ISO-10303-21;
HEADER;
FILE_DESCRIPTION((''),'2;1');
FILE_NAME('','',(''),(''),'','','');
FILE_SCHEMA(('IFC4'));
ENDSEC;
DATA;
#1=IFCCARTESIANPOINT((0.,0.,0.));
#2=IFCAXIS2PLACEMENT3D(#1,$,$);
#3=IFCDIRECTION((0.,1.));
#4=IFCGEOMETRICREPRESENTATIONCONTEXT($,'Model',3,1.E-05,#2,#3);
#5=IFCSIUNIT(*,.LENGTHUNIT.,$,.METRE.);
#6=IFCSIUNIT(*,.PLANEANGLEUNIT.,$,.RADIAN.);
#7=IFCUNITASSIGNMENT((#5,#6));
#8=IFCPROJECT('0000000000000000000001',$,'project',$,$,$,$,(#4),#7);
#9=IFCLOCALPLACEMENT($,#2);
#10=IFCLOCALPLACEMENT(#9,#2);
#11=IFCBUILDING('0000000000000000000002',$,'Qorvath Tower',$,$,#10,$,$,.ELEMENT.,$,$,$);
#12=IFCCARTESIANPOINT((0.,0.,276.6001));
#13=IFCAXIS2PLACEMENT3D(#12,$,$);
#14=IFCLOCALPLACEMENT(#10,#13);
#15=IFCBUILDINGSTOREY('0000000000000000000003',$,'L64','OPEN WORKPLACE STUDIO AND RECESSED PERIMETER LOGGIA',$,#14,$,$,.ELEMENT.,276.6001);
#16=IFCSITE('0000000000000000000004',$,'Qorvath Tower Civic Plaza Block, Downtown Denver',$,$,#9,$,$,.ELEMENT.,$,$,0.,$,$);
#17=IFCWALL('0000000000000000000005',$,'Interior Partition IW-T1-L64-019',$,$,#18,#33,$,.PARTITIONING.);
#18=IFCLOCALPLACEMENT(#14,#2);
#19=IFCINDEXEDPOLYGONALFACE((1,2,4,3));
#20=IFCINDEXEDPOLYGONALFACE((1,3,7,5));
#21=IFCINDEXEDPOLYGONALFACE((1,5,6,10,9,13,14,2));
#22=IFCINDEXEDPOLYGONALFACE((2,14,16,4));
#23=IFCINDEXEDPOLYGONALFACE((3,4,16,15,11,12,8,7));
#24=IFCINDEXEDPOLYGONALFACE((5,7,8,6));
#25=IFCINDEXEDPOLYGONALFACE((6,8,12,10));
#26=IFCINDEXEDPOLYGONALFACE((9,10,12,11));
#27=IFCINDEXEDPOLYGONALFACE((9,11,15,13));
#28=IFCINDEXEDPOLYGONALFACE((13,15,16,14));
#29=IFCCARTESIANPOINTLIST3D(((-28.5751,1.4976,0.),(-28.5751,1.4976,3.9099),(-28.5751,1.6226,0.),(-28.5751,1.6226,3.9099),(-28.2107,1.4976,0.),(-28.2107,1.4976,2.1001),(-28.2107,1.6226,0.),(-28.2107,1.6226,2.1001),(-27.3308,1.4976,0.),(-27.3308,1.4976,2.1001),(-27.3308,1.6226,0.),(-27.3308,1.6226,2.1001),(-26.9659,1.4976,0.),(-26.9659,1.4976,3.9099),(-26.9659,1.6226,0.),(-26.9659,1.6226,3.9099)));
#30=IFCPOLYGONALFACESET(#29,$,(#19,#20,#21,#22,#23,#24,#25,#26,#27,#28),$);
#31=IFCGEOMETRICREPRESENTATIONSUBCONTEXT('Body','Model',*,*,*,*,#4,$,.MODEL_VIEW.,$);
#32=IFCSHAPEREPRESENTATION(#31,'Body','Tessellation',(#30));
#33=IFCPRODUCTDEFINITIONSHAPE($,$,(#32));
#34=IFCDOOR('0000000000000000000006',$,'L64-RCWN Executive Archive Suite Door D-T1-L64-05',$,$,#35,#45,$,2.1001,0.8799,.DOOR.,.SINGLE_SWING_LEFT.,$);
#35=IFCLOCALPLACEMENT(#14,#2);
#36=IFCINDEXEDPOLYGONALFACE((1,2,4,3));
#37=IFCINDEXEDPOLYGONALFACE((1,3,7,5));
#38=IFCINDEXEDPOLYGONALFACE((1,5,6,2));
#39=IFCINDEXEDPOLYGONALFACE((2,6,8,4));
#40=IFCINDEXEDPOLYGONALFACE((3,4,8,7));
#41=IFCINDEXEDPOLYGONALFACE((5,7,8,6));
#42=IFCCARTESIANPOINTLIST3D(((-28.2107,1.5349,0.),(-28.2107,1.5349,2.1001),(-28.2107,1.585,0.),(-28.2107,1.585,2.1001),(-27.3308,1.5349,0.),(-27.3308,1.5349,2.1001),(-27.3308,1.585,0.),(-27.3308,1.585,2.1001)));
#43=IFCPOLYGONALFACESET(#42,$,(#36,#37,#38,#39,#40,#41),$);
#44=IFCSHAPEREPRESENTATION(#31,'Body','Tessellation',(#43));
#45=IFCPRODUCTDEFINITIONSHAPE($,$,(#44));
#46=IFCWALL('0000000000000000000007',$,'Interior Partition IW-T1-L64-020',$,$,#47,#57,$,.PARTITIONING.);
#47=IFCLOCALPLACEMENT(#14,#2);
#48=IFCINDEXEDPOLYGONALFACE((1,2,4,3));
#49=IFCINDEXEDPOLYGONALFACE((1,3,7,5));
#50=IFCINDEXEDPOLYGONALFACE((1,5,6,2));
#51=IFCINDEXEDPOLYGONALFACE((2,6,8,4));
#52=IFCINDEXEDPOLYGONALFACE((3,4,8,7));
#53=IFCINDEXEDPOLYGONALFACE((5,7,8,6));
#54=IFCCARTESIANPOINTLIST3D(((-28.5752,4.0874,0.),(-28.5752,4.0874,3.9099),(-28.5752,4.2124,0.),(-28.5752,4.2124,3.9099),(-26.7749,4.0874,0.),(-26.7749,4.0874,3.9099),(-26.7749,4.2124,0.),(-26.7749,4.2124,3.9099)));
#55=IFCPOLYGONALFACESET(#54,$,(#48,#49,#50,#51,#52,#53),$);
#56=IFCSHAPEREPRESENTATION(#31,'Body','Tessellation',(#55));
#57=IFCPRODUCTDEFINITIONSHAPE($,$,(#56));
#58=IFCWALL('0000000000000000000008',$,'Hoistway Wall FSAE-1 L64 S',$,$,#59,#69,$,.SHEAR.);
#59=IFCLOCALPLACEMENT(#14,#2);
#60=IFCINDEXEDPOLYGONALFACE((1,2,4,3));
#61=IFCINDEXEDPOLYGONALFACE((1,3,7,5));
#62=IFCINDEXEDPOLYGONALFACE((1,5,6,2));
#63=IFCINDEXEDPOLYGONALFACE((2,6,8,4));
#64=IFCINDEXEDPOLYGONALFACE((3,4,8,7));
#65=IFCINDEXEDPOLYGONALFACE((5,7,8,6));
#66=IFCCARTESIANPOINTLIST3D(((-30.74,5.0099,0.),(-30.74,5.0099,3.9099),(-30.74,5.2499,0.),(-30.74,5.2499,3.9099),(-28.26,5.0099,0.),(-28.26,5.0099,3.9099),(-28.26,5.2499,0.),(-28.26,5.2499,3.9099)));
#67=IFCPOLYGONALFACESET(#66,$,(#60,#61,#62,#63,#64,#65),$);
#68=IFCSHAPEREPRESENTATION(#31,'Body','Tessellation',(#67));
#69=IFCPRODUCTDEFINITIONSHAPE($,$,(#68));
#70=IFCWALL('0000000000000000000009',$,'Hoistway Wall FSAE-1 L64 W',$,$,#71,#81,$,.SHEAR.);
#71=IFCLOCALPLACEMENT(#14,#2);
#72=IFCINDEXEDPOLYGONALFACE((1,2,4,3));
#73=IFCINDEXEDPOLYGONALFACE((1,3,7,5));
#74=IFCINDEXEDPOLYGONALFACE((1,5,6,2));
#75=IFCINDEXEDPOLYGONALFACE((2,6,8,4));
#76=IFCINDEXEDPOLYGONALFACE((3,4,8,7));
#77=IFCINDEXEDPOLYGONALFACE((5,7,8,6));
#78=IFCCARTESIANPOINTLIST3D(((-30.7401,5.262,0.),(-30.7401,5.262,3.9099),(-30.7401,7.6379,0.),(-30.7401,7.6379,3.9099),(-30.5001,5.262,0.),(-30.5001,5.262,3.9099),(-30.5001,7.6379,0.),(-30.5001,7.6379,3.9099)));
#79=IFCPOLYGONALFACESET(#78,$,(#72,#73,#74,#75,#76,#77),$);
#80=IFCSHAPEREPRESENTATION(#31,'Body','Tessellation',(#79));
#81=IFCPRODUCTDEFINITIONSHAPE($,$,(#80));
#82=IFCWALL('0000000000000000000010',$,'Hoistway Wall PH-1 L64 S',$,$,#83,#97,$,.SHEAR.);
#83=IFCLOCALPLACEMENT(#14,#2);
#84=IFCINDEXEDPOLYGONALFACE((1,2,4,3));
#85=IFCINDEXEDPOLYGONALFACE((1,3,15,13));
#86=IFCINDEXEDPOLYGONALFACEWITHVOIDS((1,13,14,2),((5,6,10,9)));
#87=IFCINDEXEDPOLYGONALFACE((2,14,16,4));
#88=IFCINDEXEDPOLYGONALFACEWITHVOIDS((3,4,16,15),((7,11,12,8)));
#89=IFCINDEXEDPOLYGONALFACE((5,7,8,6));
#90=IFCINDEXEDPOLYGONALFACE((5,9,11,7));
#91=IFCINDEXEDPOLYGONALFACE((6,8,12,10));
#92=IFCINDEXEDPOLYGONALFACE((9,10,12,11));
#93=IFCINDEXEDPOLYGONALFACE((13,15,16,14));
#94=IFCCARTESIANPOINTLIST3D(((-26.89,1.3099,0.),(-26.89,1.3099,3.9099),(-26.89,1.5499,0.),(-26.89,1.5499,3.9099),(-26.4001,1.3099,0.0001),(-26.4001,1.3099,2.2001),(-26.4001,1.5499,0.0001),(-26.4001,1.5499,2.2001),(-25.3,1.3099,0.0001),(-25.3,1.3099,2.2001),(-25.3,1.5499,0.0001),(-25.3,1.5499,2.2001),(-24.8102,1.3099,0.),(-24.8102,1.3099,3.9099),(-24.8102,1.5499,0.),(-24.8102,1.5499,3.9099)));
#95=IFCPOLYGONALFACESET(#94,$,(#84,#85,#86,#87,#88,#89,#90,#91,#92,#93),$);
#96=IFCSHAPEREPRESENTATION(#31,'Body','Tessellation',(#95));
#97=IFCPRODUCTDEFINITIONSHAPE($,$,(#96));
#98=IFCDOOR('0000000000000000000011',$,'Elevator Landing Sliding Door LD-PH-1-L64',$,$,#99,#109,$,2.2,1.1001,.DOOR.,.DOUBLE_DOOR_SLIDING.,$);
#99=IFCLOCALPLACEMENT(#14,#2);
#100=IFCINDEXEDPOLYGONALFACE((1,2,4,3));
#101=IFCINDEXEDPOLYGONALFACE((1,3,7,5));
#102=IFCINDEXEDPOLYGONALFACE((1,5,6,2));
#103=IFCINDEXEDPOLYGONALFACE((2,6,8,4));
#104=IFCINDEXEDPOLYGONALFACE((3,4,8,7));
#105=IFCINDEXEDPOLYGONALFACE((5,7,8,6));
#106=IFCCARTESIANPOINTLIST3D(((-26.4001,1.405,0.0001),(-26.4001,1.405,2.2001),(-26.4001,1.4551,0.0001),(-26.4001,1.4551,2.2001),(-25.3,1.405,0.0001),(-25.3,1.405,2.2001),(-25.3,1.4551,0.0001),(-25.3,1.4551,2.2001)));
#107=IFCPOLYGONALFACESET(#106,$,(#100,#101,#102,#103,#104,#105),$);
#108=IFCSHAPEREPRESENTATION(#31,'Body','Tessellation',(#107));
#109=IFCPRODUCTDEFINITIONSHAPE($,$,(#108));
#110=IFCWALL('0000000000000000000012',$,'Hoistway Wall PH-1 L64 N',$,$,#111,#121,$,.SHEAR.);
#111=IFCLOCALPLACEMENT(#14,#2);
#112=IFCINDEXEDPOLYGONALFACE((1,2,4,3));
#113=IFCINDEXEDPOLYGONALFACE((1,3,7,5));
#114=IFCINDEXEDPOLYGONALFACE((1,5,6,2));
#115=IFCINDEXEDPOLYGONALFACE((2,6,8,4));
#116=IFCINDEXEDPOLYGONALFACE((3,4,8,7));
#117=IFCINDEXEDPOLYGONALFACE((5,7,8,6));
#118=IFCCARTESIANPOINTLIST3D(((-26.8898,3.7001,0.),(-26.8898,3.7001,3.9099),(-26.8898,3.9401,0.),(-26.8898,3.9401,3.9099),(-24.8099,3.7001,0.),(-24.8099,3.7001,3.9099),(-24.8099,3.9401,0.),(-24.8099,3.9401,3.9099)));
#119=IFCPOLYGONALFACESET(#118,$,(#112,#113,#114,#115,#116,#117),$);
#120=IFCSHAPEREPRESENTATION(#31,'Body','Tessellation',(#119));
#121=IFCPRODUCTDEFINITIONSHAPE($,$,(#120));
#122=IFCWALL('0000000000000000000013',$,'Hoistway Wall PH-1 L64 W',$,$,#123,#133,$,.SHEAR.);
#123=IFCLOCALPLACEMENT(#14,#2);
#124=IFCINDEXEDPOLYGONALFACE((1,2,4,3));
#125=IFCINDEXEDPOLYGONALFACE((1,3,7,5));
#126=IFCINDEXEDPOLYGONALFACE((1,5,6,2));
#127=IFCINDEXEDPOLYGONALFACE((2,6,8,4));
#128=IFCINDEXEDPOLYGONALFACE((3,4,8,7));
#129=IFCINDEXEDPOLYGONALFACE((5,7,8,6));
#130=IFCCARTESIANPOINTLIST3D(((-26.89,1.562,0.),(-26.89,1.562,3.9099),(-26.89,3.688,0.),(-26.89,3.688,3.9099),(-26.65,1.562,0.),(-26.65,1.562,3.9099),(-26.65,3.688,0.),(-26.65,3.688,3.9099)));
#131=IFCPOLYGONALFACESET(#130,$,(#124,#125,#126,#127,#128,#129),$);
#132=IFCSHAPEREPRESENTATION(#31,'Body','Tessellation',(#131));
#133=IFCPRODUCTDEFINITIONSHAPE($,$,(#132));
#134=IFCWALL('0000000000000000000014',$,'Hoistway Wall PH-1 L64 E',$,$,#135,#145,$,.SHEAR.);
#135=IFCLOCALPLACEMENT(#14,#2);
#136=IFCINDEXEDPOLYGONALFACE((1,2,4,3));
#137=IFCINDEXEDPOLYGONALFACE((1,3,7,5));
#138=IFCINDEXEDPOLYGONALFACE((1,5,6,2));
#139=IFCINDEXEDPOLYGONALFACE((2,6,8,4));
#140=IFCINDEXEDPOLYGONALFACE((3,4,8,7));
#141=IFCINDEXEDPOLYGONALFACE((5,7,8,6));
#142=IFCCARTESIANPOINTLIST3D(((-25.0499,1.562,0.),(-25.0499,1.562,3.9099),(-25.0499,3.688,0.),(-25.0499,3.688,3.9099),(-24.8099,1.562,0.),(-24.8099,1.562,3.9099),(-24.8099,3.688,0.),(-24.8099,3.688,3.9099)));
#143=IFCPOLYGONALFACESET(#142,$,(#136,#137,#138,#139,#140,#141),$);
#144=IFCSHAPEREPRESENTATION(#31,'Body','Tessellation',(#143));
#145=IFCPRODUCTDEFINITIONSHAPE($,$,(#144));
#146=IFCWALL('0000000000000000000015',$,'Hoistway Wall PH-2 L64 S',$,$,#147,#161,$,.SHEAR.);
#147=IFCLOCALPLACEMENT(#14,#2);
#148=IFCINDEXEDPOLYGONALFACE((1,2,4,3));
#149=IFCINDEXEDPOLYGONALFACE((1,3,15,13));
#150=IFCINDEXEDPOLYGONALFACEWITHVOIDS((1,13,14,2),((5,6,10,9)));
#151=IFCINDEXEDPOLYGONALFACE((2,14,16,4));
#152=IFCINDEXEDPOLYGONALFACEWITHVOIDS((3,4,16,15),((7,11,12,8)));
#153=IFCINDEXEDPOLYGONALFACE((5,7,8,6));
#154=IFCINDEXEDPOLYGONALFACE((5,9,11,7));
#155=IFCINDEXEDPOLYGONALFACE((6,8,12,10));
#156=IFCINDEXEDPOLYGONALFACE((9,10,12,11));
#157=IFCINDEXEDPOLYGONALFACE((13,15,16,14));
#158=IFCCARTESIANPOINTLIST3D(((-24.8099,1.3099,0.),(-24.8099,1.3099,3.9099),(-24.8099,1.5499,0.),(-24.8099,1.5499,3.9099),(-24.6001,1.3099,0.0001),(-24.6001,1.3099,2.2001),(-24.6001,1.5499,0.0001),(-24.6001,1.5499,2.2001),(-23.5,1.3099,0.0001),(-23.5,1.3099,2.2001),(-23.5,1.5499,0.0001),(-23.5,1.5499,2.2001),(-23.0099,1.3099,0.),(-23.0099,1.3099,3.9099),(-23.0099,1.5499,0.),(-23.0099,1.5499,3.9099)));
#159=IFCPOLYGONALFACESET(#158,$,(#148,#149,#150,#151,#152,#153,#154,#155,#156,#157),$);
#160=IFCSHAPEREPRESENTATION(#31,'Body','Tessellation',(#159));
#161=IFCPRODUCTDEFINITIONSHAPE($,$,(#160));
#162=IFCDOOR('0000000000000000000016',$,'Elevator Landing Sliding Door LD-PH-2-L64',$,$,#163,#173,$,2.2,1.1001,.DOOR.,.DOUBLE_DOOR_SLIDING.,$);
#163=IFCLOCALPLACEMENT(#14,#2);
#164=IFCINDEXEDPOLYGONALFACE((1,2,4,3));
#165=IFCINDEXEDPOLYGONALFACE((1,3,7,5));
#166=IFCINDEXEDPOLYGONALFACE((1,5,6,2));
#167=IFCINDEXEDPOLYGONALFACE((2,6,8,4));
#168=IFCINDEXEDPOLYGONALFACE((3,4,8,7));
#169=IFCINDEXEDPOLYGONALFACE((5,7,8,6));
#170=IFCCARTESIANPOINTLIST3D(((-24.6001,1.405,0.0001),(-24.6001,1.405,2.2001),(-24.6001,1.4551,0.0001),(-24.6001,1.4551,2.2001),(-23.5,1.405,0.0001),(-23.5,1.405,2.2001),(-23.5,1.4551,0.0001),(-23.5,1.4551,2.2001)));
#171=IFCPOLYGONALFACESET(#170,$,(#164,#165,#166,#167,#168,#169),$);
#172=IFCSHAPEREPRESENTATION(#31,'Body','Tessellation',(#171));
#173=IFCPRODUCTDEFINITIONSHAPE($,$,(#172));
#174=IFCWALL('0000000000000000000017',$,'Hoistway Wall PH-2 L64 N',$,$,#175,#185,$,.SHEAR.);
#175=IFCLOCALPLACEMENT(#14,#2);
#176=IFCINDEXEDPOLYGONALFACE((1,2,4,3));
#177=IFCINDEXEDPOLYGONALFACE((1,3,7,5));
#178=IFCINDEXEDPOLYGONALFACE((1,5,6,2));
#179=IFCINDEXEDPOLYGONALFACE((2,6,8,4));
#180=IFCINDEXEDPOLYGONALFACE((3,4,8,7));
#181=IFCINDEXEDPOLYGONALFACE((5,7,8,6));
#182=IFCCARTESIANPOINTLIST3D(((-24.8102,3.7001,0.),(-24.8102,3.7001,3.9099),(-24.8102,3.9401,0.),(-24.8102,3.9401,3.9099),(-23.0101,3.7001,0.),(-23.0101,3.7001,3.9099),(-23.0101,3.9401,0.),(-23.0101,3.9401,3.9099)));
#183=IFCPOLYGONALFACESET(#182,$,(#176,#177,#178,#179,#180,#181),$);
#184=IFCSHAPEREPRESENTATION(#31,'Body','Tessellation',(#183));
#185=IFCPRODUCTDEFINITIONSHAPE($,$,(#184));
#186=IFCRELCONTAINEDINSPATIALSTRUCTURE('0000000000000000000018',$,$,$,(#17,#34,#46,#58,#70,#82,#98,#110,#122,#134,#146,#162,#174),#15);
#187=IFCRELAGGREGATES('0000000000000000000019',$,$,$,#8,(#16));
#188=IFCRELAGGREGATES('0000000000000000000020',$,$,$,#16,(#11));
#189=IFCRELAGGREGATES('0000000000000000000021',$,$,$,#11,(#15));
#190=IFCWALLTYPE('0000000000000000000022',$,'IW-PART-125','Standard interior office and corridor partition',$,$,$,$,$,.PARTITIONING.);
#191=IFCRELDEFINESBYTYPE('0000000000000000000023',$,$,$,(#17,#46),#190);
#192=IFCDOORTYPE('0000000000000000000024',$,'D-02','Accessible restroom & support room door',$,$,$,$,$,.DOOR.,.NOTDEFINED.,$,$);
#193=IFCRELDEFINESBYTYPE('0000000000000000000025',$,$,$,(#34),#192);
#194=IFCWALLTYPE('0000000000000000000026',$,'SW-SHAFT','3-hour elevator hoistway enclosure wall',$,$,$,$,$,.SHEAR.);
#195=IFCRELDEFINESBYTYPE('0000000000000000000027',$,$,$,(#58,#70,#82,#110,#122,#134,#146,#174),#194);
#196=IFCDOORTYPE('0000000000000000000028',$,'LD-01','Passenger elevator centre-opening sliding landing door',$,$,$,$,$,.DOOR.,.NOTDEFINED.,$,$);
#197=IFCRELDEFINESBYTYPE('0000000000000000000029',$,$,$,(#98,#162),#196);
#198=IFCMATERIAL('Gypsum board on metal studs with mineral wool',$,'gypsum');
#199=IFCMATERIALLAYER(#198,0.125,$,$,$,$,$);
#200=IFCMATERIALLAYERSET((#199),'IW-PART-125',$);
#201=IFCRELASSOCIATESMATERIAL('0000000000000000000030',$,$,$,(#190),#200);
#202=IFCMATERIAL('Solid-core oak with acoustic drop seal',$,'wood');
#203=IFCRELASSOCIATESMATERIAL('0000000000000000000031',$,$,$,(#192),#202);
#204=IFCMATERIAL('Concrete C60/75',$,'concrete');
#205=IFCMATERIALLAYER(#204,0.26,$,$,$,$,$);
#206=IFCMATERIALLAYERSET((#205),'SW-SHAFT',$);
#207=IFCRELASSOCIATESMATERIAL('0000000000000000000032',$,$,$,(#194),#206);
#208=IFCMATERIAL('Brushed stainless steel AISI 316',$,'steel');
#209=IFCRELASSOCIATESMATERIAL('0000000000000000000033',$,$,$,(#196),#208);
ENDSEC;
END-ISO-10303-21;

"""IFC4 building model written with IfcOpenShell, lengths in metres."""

from ifc_helpers import new_model, si_unit, direction, frame, frame_2d, origin, place, context, subcontext, project, spatial, rectangle, extrude, material, layer, layer_set, type_object, element, fill, save


model = new_model("IFC4")

# Units and contexts
model_context = context("Model", 3, precision=1e-05, world=origin(), true_north=direction((0.0, 1.0)))
body_context = subcontext(model_context, "Body", "Model", "MODEL_VIEW")
ifc_project = project(units=[si_unit("LENGTHUNIT", "METRE"), si_unit("PLANEANGLEUNIT", "RADIAN")], contexts=[model_context])

# Site, building, storey
site_placement = place(None, origin())
site = spatial("IfcSite", under=ifc_project, at=site_placement, Name="Qorvath Tower Civic Plaza Block, Downtown Denver", CompositionType="ELEMENT", RefElevation=0.0)
building_placement = place(site_placement, origin())
building = spatial("IfcBuilding", under=site, at=building_placement, Name="Qorvath Tower", CompositionType="ELEMENT")
storey_placement = place(building_placement, frame((0.0, 0.0, 276.6001)))
storey = spatial("IfcBuildingStorey", under=building, at=storey_placement, Name="L64", Description="OPEN WORKPLACE STUDIO AND RECESSED PERIMETER LOGGIA", CompositionType="ELEMENT", Elevation=276.6001)

# Shared definitions
ifc_material_1 = material(Name="Gypsum board on metal studs with mineral wool", Category="gypsum")
ifc_layer_1 = layer(ifc_material_1, 0.125)
ifc_layer_set_1 = layer_set([ifc_layer_1], Name="IW-PART-125")
wall_type_1 = type_object("IfcWallType", Name="IW-PART-125", Description="Standard interior office and corridor partition", PredefinedType="PARTITIONING", material=ifc_layer_set_1)

# Wall, opening, door
wall_1_placement = place(storey_placement, frame((-28.5752, 1.5601, 0.0), z_axis=(0.0, 0.0, 1.0), x_axis=(1.0, 0.0, 0.0)))
wall_1 = element("IfcWall", 1, at=wall_1_placement, inside=storey, type_object=wall_type_1, Name="Interior Partition IW-T1-L64-019", PredefinedType="PARTITIONING", context=body_context, shape_type="SweptSolid", body=[
    extrude(rectangle(XDim=1.6091, YDim=0.125, at=frame_2d((0.8047, 0.0))), origin(), (0.0, 0.0, 1.0), 3.9099),
])
opening_1_placement = place(wall_1_placement, frame((0.3645, 0.0, 0.0)))
opening_1 = element("IfcOpeningElement", 2, at=opening_1_placement, cuts=wall_1, PredefinedType="OPENING", context=body_context, shape_type="SweptSolid", body=[
    extrude(rectangle(XDim=0.8799, YDim=2.1001, at=frame_2d((0.4399, 1.05))), frame((0.0, 0.0725, 0.0), z_axis=(0.0, -1.0, 0.0), x_axis=(1.0, 0.0, 0.0)), (0.0, 0.0, 1.0), 0.145),
])
ifc_material_2 = material(Name="Solid-core oak with acoustic drop seal", Category="wood")
door_type_1 = type_object("IfcDoorType", Name="D-02", Description="Accessible restroom & support room door", OperationType="NOTDEFINED", PredefinedType="DOOR", material=ifc_material_2)
door_1_placement = place(opening_1_placement, origin())
door_1 = element("IfcDoor", 3, at=door_1_placement, inside=storey, type_object=door_type_1, Name="L64-RCWN Executive Archive Suite Door D-T1-L64-05", OperationType="SINGLE_SWING_LEFT", OverallHeight=2.1001, OverallWidth=0.8799, PredefinedType="DOOR", context=body_context, shape_type="SweptSolid", body=[
    extrude(rectangle(XDim=0.8799, YDim=2.1001, at=frame_2d((0.4399, 1.05))), frame((0.0, 0.0249, 0.0), z_axis=(0.0, -1.0, 0.0), x_axis=(1.0, 0.0, 0.0)), (0.0, 0.0, 1.0), 0.05),
])
fill(opening_1, door_1)

# Walls
wall_2_placement = place(storey_placement, frame((-26.7749, 4.1499, 0.0), z_axis=(0.0, 0.0, 1.0), x_axis=(-1.0, 0.0, 0.0)))
element("IfcWall", 4, at=wall_2_placement, inside=storey, type_object=wall_type_1, Name="Interior Partition IW-T1-L64-020", PredefinedType="PARTITIONING", context=body_context, shape_type="SweptSolid", body=[
    extrude(rectangle(XDim=1.8003, YDim=0.125, at=frame_2d((0.9001, 0.0))), origin(), (0.0, 0.0, 1.0), 3.9099),
])
ifc_material_3 = material(Name="Concrete C60/75", Category="concrete")
ifc_layer_2 = layer(ifc_material_3, 0.26)
ifc_layer_set_2 = layer_set([ifc_layer_2], Name="SW-SHAFT")
wall_type_2 = type_object("IfcWallType", Name="SW-SHAFT", Description="3-hour elevator hoistway enclosure wall", PredefinedType="SHEAR", material=ifc_layer_set_2)
wall_3_placement = place(storey_placement, frame((-28.26, 5.1299, 0.0), z_axis=(0.0, 0.0, 1.0), x_axis=(-1.0, 0.0, 0.0)))
element("IfcWall", 5, at=wall_3_placement, inside=storey, type_object=wall_type_2, Name="Hoistway Wall FSAE-1 L64 S", PredefinedType="SHEAR", context=body_context, shape_type="SweptSolid", body=[
    extrude(rectangle(XDim=2.48, YDim=0.24, at=frame_2d((1.24, 0.0))), origin(), (0.0, 0.0, 1.0), 3.9099),
])
wall_4_placement = place(storey_placement, frame((-30.6201, 5.262, 0.0), z_axis=(0.0, 0.0, 1.0), x_axis=(0.0, 1.0, 0.0)))
element("IfcWall", 6, at=wall_4_placement, inside=storey, type_object=wall_type_2, Name="Hoistway Wall FSAE-1 L64 W", PredefinedType="SHEAR", context=body_context, shape_type="SweptSolid", body=[
    extrude(rectangle(XDim=2.376, YDim=0.24, at=frame_2d((1.188, 0.0))), origin(), (0.0, 0.0, 1.0), 3.9099),
])

# Wall, opening, door
wall_5_placement = place(storey_placement, frame((-24.8101, 1.4299, 0.0), z_axis=(0.0, 0.0, 1.0), x_axis=(-1.0, 0.0, 0.0)))
wall_5 = element("IfcWall", 7, at=wall_5_placement, inside=storey, type_object=wall_type_2, Name="Hoistway Wall PH-1 L64 S", PredefinedType="SHEAR", context=body_context, shape_type="SweptSolid", body=[
    extrude(rectangle(XDim=2.0798, YDim=0.24, at=frame_2d((1.04, 0.0))), origin(), (0.0, 0.0, 1.0), 3.9099),
])
opening_2_placement = place(wall_5_placement, frame((0.49, 0.0, 0.0)))
opening_2 = element("IfcOpeningElement", 8, at=opening_2_placement, cuts=wall_5, PredefinedType="OPENING", context=body_context, shape_type="SweptSolid", body=[
    extrude(rectangle(XDim=1.1001, YDim=2.2, at=frame_2d((0.55, 1.1001))), frame((0.0, 0.1299, 0.0), z_axis=(0.0, -1.0, 0.0), x_axis=(1.0, 0.0, 0.0)), (0.0, 0.0, 1.0), 0.26),
])
ifc_material_4 = material(Name="Brushed stainless steel AISI 316", Category="steel")
door_type_2 = type_object("IfcDoorType", Name="LD-01", Description="Passenger elevator centre-opening sliding landing door", OperationType="NOTDEFINED", PredefinedType="DOOR", material=ifc_material_4)
door_2_placement = place(opening_2_placement, origin())
door_2 = element("IfcDoor", 9, at=door_2_placement, inside=storey, type_object=door_type_2, Name="Elevator Landing Sliding Door LD-PH-1-L64", OperationType="DOUBLE_DOOR_SLIDING", OverallHeight=2.2, OverallWidth=1.1001, PredefinedType="DOOR", context=body_context, shape_type="SweptSolid", body=[
    extrude(rectangle(XDim=1.1001, YDim=2.2, at=frame_2d((0.55, 1.1001))), frame((0.0, 0.0249, 0.0), z_axis=(0.0, -1.0, 0.0), x_axis=(1.0, 0.0, 0.0)), (0.0, 0.0, 1.0), 0.05),
])
fill(opening_2, door_2)

# Walls
wall_6_placement = place(storey_placement, frame((-26.8899, 3.8201, 0.0), z_axis=(0.0, 0.0, 1.0), x_axis=(1.0, 0.0, 0.0)))
element("IfcWall", 10, at=wall_6_placement, inside=storey, type_object=wall_type_2, Name="Hoistway Wall PH-1 L64 N", PredefinedType="SHEAR", context=body_context, shape_type="SweptSolid", body=[
    extrude(rectangle(XDim=2.0798, YDim=0.24, at=frame_2d((1.04, 0.0))), origin(), (0.0, 0.0, 1.0), 3.9099),
])
for number, where, z_axis, x_axis, name in (
    (11, (-26.77, 1.562, 0.0), (0.0, 0.0, 1.0), (0.0, 1.0, 0.0), "Hoistway Wall PH-1 L64 W"),
    (12, (-24.9299, 3.688, 0.0), (0.0, 0.0, 1.0), (0.0, -1.0, 0.0), "Hoistway Wall PH-1 L64 E"),
):
    element("IfcWall", number, at=place(storey_placement, frame(where, z_axis=z_axis, x_axis=x_axis)), inside=storey, type_object=wall_type_2, Name=name, PredefinedType="SHEAR", context=body_context, shape_type="SweptSolid", body=[
        extrude(rectangle(XDim=2.126, YDim=0.24, at=frame_2d((1.063, 0.0))), origin(), (0.0, 0.0, 1.0), 3.9099),
    ])

# Wall, opening, door
wall_7_placement = place(storey_placement, frame((-23.01, 1.4299, 0.0), z_axis=(0.0, 0.0, 1.0), x_axis=(-1.0, 0.0, 0.0)))
wall_7 = element("IfcWall", 13, at=wall_7_placement, inside=storey, type_object=wall_type_2, Name="Hoistway Wall PH-2 L64 S", PredefinedType="SHEAR", context=body_context, shape_type="SweptSolid", body=[
    extrude(rectangle(XDim=1.8, YDim=0.24, at=frame_2d((0.8999, 0.0))), origin(), (0.0, 0.0, 1.0), 3.9099),
])
opening_3_placement = place(wall_7_placement, frame((0.49, 0.0, 0.0)))
opening_3 = element("IfcOpeningElement", 14, at=opening_3_placement, cuts=wall_7, PredefinedType="OPENING", context=body_context, shape_type="SweptSolid", body=[
    extrude(rectangle(XDim=1.1001, YDim=2.2, at=frame_2d((0.55, 1.1001))), frame((0.0, 0.1299, 0.0), z_axis=(0.0, -1.0, 0.0), x_axis=(1.0, 0.0, 0.0)), (0.0, 0.0, 1.0), 0.26),
])
door_3_placement = place(opening_3_placement, origin())
door_3 = element("IfcDoor", 15, at=door_3_placement, inside=storey, type_object=door_type_2, Name="Elevator Landing Sliding Door LD-PH-2-L64", OperationType="DOUBLE_DOOR_SLIDING", OverallHeight=2.2, OverallWidth=1.1001, PredefinedType="DOOR", context=body_context, shape_type="SweptSolid", body=[
    extrude(rectangle(XDim=1.1001, YDim=2.2, at=frame_2d((0.55, 1.1001))), frame((0.0, 0.0249, 0.0), z_axis=(0.0, -1.0, 0.0), x_axis=(1.0, 0.0, 0.0)), (0.0, 0.0, 1.0), 0.05),
])
fill(opening_3, door_3)

# Wall
wall_8_placement = place(storey_placement, frame((-24.8101, 3.8201, 0.0), z_axis=(0.0, 0.0, 1.0), x_axis=(1.0, 0.0, 0.0)))
element("IfcWall", 16, at=wall_8_placement, inside=storey, type_object=wall_type_2, Name="Hoistway Wall PH-2 L64 N", PredefinedType="SHEAR", context=body_context, shape_type="SweptSolid", body=[
    extrude(rectangle(XDim=1.8, YDim=0.24, at=frame_2d((0.8999, 0.0))), origin(), (0.0, 0.0, 1.0), 3.9099),
])

save(model, "model.ifc")
